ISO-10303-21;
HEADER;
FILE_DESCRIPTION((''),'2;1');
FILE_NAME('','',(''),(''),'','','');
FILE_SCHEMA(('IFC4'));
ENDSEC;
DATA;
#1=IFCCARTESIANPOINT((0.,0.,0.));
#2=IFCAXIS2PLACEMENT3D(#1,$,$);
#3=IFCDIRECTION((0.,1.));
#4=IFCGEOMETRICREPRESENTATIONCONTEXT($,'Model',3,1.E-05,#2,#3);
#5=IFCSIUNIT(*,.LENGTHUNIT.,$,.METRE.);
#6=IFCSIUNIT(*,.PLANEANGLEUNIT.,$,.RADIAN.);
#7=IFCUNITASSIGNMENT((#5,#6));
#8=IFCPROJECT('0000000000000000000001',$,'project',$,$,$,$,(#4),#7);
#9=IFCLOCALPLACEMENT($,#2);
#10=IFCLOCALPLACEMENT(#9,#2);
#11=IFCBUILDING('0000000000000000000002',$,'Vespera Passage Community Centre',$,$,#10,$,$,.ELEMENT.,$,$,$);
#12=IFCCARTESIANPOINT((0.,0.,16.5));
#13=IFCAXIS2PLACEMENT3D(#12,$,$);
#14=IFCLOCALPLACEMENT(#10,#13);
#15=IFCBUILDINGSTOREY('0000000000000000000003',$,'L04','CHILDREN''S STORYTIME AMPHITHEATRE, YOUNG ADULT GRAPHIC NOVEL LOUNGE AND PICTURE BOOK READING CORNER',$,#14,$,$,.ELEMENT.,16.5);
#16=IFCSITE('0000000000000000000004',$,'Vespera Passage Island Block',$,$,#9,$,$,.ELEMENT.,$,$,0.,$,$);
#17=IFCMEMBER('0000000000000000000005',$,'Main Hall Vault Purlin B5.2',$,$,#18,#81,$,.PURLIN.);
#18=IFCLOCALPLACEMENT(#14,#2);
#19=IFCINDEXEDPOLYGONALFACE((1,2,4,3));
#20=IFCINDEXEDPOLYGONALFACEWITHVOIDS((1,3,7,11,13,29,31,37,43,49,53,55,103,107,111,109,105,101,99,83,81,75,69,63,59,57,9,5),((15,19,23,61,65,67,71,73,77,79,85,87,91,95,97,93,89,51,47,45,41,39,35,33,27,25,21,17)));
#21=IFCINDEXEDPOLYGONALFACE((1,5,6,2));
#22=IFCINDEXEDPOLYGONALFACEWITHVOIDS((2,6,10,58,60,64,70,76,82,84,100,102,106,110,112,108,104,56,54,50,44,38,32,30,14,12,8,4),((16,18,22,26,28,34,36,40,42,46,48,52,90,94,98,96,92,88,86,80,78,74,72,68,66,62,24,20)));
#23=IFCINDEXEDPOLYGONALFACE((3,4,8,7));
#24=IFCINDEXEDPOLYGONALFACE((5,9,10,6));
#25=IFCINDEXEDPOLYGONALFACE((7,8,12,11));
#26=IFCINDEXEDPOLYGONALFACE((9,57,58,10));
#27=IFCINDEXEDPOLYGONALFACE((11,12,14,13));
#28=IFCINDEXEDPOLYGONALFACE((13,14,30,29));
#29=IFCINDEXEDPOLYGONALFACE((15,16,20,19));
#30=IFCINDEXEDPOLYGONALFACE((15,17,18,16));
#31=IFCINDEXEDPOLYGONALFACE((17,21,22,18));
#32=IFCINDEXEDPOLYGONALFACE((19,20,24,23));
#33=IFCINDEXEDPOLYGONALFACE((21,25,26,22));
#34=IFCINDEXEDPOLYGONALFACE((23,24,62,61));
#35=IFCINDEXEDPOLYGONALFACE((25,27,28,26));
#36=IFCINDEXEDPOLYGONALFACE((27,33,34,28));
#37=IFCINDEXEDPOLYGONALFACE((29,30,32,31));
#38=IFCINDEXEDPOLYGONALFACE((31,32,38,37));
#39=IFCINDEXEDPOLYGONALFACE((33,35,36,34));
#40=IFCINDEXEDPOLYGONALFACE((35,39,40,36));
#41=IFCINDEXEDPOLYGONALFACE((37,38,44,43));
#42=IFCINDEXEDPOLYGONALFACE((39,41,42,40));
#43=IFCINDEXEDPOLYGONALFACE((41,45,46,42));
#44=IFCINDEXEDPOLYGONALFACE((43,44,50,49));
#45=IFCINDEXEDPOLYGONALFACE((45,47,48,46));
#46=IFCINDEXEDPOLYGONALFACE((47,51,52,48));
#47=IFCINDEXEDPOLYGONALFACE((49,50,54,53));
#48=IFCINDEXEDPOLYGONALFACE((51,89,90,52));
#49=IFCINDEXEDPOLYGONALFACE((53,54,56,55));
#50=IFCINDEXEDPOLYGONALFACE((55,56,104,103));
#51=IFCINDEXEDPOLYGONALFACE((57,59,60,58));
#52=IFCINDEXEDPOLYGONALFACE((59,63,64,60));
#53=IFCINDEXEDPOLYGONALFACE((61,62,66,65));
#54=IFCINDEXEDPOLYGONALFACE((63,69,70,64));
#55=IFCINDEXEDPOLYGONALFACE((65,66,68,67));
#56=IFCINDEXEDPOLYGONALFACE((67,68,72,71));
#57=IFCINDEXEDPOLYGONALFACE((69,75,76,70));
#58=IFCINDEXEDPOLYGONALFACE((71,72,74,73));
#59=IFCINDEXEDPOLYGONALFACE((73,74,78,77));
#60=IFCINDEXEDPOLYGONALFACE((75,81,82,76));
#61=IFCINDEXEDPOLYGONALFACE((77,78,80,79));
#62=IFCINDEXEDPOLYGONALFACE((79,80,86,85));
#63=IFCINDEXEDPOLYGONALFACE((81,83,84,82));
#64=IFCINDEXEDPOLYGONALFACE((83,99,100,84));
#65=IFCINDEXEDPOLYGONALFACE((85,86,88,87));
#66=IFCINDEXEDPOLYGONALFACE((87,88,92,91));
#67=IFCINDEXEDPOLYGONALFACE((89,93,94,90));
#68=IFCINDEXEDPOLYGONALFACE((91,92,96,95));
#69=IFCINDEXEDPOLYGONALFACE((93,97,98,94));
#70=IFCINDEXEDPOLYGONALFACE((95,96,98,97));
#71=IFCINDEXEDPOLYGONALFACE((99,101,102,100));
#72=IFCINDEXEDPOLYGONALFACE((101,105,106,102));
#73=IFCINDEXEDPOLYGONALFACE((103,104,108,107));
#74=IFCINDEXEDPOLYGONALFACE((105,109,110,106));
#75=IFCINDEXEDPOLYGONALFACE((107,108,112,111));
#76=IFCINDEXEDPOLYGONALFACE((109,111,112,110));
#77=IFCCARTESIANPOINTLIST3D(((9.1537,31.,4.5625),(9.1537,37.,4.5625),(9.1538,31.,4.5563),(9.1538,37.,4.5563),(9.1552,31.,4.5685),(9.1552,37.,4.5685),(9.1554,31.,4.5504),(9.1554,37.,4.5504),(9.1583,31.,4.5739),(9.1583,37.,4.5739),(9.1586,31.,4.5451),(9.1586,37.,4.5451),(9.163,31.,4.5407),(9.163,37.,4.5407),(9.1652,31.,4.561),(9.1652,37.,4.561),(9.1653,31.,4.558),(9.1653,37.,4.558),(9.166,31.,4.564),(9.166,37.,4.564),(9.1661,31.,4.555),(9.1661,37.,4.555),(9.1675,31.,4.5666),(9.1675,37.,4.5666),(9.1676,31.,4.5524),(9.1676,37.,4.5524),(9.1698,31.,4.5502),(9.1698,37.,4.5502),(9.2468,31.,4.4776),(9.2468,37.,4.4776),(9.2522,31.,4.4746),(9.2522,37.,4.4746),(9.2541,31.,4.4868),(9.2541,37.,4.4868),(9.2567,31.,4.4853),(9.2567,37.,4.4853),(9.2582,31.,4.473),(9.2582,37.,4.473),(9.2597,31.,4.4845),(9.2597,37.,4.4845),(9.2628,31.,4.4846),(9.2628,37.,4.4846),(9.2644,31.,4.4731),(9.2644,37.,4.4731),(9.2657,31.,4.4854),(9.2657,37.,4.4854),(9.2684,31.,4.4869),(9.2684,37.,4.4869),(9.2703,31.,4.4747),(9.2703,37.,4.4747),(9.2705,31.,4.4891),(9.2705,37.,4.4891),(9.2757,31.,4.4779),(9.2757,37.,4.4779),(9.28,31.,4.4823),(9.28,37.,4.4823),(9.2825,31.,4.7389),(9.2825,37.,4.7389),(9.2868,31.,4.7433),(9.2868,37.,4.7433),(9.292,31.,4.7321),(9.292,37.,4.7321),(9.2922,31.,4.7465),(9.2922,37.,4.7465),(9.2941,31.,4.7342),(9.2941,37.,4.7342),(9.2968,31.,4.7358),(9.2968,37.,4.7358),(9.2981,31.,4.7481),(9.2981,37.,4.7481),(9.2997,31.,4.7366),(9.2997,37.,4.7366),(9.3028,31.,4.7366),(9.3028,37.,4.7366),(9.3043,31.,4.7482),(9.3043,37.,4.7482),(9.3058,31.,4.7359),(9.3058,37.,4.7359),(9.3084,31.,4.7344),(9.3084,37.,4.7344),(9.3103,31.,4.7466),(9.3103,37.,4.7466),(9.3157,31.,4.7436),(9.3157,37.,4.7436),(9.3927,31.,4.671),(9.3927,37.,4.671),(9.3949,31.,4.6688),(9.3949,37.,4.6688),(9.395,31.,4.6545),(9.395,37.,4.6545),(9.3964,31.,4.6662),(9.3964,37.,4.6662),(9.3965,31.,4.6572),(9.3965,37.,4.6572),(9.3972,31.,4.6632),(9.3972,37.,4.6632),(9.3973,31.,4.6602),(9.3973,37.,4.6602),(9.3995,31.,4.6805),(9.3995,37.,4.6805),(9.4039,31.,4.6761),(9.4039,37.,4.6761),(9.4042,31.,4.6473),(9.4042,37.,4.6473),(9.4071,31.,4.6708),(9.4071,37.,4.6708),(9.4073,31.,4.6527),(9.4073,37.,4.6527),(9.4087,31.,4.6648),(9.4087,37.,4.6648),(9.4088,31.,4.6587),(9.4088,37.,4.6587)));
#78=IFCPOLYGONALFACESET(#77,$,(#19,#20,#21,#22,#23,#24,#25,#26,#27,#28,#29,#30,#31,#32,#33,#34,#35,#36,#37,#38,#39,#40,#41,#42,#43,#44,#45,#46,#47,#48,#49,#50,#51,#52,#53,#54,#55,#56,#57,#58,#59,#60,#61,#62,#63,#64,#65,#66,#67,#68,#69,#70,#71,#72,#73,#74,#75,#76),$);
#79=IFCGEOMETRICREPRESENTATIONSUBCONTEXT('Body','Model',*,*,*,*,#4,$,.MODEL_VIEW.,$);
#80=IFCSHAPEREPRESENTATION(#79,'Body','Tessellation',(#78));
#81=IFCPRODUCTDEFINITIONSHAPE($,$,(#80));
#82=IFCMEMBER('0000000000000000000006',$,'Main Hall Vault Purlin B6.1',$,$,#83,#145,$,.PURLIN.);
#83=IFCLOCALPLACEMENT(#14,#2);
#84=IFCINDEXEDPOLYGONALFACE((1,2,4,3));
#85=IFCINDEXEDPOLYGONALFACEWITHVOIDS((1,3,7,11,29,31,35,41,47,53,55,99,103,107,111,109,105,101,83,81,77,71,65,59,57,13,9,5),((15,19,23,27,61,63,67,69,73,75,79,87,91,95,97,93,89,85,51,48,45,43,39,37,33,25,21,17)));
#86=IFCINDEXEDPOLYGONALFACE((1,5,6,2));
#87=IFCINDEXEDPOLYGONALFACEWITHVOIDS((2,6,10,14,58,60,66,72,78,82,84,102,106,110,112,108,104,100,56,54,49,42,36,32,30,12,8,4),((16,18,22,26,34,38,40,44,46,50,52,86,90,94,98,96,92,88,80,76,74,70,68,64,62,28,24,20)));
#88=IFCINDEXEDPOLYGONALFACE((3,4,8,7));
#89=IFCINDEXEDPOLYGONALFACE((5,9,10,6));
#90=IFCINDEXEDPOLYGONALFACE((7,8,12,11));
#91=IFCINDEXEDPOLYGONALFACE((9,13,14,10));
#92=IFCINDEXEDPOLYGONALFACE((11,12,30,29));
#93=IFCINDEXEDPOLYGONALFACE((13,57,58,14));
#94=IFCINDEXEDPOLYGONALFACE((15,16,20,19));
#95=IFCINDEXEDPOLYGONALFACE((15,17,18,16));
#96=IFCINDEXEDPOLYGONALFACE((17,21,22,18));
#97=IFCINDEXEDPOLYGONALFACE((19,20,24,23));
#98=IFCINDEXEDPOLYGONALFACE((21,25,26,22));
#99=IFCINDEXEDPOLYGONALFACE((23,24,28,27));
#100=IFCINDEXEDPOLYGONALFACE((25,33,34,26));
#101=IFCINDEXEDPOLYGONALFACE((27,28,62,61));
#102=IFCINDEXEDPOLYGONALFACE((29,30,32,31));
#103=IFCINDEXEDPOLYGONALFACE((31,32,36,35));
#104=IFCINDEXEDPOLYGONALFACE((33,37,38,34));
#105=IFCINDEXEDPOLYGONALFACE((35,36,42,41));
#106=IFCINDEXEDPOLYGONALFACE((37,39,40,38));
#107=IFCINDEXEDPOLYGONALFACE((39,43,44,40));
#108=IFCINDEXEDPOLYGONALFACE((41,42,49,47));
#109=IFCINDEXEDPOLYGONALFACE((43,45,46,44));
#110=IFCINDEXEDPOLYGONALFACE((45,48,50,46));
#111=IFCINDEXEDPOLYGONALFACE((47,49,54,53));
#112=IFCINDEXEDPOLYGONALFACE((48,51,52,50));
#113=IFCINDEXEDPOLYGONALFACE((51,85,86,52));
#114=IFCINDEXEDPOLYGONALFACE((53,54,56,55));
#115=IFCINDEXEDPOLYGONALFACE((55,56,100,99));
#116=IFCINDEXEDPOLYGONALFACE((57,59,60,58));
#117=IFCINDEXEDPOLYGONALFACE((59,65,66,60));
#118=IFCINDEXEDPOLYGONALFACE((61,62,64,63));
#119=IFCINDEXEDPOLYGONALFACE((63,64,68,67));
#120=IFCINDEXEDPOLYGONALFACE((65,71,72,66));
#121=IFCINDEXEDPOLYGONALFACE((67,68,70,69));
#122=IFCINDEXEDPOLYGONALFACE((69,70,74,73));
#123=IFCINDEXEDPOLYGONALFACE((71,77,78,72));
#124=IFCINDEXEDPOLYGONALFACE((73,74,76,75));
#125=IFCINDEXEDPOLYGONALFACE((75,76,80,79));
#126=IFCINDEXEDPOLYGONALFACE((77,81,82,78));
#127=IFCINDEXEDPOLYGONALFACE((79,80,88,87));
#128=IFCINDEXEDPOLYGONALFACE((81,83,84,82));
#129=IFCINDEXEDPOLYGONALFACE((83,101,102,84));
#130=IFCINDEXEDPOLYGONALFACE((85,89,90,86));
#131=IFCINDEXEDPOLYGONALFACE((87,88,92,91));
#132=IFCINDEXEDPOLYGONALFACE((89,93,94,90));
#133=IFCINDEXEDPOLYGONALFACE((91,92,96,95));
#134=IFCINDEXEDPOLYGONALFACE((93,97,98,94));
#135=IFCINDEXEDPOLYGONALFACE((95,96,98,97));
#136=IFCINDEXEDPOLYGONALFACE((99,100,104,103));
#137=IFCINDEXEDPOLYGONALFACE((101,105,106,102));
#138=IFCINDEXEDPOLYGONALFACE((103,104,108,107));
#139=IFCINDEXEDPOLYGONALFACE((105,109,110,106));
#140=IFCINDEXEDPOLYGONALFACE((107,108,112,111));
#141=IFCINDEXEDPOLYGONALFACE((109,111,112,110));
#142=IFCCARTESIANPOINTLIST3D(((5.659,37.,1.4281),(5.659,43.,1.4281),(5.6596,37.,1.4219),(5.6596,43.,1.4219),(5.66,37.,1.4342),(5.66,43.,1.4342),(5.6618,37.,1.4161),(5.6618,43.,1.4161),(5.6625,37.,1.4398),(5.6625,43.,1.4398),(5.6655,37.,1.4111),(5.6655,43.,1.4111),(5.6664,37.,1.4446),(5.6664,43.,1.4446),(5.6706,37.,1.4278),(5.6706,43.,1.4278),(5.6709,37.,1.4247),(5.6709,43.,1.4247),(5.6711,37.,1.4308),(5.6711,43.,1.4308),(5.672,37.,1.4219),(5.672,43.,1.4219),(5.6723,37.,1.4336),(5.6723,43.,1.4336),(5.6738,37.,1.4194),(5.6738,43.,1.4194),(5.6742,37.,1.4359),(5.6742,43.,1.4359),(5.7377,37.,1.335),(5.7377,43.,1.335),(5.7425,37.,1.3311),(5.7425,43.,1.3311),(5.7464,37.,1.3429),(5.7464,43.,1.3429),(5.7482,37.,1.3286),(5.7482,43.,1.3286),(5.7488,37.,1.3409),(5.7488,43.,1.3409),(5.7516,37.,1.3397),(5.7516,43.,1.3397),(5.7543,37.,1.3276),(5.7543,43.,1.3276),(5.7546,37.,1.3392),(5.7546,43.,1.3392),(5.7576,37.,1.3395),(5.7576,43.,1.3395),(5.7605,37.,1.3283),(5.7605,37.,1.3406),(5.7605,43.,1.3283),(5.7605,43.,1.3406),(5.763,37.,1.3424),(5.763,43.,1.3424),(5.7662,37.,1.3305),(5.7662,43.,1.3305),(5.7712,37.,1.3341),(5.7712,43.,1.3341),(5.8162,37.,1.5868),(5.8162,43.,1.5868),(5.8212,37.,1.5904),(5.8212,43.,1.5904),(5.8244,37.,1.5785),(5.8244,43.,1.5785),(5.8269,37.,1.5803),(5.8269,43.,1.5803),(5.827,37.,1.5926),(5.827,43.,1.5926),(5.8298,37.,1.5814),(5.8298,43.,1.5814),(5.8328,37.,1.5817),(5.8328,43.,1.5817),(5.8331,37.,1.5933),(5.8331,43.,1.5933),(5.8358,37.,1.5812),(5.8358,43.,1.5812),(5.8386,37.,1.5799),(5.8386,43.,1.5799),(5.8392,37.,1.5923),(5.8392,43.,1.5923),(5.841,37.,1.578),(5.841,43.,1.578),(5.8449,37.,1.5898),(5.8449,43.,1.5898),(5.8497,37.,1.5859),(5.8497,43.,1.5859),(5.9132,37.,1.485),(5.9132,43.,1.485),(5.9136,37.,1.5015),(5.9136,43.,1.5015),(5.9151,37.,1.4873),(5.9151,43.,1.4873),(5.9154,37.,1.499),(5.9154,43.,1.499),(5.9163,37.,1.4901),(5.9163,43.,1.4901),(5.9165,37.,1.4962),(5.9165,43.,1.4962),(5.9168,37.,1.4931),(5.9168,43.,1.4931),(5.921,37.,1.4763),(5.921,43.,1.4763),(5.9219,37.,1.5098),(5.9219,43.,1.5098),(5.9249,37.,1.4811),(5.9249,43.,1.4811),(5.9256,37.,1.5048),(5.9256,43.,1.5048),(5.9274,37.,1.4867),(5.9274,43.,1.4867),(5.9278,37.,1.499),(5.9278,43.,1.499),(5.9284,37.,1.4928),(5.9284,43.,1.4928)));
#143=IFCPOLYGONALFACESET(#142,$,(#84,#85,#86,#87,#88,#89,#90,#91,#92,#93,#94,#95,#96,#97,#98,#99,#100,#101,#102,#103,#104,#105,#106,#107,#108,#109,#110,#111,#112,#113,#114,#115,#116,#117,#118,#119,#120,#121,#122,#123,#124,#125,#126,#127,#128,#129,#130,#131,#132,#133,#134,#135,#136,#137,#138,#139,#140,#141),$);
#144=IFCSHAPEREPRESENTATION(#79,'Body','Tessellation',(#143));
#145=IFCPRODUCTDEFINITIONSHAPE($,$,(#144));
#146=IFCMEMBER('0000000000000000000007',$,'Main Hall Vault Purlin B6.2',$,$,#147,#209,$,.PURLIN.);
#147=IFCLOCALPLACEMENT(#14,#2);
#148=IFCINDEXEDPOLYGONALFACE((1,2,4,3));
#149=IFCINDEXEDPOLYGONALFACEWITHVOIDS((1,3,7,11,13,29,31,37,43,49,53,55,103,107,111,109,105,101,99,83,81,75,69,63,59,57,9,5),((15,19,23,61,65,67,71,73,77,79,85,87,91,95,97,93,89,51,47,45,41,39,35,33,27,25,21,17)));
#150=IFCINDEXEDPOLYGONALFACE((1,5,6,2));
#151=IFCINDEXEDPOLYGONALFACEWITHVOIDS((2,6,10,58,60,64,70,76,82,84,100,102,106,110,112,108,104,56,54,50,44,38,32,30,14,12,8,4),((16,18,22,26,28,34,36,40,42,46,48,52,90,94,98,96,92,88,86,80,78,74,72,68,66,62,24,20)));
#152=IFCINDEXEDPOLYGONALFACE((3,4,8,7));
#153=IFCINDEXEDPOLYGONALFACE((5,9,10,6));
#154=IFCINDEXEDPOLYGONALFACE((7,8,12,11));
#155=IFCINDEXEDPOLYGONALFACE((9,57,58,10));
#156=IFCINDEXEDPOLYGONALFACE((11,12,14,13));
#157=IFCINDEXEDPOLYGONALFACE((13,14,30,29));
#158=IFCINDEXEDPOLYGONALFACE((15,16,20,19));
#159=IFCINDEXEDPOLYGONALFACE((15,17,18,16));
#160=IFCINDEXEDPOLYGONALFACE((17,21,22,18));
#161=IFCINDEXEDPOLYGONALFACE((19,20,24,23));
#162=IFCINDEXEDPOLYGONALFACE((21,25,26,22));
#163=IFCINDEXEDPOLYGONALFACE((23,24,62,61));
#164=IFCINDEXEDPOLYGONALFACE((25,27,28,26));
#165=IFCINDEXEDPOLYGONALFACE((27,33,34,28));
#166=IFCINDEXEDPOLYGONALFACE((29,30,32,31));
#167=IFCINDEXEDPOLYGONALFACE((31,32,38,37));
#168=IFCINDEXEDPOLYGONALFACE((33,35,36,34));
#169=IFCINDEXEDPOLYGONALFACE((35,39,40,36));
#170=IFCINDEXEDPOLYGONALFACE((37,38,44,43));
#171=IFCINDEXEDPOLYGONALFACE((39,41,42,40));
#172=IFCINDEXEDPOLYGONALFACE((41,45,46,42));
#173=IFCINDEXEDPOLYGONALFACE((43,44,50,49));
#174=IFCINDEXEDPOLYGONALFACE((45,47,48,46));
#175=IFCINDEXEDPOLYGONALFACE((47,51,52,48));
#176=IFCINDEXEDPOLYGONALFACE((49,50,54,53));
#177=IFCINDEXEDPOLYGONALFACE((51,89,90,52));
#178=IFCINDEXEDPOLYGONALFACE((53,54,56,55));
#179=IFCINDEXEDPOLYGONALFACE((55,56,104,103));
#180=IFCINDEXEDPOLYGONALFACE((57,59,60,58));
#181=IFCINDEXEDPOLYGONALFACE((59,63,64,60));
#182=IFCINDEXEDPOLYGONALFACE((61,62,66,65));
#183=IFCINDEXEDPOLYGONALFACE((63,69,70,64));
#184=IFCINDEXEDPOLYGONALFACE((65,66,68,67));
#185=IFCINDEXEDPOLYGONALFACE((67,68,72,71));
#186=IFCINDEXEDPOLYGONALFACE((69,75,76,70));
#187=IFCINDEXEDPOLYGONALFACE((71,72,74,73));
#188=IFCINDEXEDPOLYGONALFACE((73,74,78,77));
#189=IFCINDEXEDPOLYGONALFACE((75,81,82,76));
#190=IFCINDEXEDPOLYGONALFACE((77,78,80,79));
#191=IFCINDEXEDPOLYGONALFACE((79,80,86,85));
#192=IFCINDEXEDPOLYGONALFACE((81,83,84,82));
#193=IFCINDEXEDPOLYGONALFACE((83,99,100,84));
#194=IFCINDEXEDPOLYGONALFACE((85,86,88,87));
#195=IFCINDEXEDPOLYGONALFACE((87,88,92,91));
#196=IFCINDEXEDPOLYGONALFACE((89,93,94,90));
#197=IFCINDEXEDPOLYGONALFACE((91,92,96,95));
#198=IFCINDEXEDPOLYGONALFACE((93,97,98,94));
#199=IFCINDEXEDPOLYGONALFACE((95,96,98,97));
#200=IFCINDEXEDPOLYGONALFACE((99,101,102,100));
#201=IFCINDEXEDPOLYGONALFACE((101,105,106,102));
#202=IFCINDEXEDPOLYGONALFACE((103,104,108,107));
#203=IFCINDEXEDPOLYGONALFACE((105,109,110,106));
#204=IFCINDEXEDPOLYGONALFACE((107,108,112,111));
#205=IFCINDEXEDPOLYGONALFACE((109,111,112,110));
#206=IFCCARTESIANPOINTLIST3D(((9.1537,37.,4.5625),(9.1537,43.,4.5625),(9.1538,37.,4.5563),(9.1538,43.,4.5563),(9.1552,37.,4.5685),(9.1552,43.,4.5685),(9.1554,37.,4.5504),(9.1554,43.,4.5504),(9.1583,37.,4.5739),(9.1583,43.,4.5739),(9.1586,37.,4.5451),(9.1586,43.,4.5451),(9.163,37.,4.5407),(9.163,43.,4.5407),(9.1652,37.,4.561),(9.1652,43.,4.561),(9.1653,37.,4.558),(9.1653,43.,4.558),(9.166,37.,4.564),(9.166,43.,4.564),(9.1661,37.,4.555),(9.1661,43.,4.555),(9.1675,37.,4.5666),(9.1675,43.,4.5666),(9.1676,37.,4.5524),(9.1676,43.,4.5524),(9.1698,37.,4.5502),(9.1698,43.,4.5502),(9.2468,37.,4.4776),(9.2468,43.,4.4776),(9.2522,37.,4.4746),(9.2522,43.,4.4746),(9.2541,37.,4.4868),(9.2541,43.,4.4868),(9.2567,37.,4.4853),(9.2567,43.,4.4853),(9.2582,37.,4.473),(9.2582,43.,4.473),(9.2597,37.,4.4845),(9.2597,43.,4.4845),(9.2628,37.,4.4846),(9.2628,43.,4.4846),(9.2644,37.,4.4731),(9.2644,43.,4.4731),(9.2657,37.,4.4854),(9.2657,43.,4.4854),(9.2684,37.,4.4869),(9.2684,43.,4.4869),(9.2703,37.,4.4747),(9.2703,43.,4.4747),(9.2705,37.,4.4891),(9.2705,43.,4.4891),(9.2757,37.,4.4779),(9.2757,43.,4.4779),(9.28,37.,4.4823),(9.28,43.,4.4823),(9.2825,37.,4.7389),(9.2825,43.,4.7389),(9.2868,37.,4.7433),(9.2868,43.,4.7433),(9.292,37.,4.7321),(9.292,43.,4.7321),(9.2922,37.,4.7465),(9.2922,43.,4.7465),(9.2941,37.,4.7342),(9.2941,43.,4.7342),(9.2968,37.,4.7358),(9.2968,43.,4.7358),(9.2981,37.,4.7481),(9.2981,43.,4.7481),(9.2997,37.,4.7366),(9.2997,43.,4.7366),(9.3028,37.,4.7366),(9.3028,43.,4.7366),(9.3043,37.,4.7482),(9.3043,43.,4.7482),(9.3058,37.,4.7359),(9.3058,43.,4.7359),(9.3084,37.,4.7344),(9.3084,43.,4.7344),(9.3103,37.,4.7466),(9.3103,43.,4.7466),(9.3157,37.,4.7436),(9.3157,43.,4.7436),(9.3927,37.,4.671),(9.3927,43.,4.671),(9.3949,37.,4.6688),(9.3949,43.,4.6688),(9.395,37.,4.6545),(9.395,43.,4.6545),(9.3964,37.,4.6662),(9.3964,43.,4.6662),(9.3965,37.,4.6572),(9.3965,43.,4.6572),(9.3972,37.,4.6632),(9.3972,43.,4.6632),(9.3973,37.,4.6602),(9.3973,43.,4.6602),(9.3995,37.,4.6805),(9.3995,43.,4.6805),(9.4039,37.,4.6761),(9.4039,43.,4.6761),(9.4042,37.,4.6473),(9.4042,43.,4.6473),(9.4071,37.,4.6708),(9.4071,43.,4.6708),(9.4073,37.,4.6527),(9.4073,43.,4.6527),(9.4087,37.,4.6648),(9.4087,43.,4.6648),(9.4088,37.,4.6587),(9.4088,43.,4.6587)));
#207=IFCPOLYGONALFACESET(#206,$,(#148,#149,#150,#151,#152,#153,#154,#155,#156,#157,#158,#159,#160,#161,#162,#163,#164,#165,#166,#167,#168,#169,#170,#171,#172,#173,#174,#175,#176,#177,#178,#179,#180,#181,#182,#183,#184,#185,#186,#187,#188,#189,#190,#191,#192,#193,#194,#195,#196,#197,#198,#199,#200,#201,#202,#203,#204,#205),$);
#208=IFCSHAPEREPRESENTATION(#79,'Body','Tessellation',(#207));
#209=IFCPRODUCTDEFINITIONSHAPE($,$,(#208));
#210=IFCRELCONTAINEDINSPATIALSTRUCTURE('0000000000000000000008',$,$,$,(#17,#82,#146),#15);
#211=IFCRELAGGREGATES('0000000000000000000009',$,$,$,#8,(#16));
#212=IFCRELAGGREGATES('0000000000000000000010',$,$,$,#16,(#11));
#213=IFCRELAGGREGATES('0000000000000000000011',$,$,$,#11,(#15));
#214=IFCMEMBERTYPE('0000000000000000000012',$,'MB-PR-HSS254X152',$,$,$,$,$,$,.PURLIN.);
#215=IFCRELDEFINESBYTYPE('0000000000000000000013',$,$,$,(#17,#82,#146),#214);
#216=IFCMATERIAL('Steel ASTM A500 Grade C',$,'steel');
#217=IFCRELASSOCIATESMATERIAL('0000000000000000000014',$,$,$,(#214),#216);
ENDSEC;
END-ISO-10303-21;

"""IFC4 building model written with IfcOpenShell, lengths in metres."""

from ifc_helpers import new_model, si_unit, direction, frame, origin, origin_2d, place, context, subcontext, project, spatial, hollow_rectangle, extrude, material, material_profile, profile_set, type_object, element, save


model = new_model("IFC4")

# Units and contexts
model_context = context("Model", 3, precision=1e-05, world=origin(), true_north=direction((0.0, 1.0)))
body_context = subcontext(model_context, "Body", "Model", "MODEL_VIEW")
ifc_project = project(units=[si_unit("LENGTHUNIT", "METRE"), si_unit("PLANEANGLEUNIT", "RADIAN")], contexts=[model_context])

# Site, building, storey
site_placement = place(None, origin())
site = spatial("IfcSite", under=ifc_project, at=site_placement, Name="Vespera Passage Island Block", CompositionType="ELEMENT", RefElevation=0.0)
building_placement = place(site_placement, origin())
building = spatial("IfcBuilding", under=site, at=building_placement, Name="Vespera Passage Community Centre", CompositionType="ELEMENT")
storey_placement = place(building_placement, frame((0.0, 0.0, 16.5)))
storey = spatial("IfcBuildingStorey", under=building, at=storey_placement, Name="L04", Description="CHILDREN'S STORYTIME AMPHITHEATRE, YOUNG ADULT GRAPHIC NOVEL LOUNGE AND PICTURE BOOK READING CORNER", CompositionType="ELEMENT", Elevation=16.5)

# Members
ifc_material_1 = material(Name="Steel ASTM A500 Grade C", Category="steel")
ifc_material_profile_1 = material_profile(ifc_material_1, hollow_rectangle(XDim=0.1523, YDim=0.2539, WallThickness=0.0117, InnerFilletRadius=0.0117, OuterFilletRadius=0.0237, at=origin_2d()), Name="HSS254X152X12.7")
ifc_profile_set_1 = profile_set([ifc_material_profile_1], Name="Steel ASTM A500 Grade C")
member_type_1 = type_object("IfcMemberType", Name="MB-PR-HSS254X152", PredefinedType="PURLIN", material=ifc_profile_set_1)
for number, where, z_axis, x_axis, name in (
    (1, (9.2812, 31.0, 4.6106), (0.0, 1.0, 0.0), (-0.798972, 0.0, 0.601369), "Main Hall Vault Purlin B5.2"),
    (2, (5.7937, 37.0, 1.4604), (0.0, 1.0, 0.0), (-0.688355, 0.0, 0.725374), "Main Hall Vault Purlin B6.1"),
    (3, (9.2812, 37.0, 4.6106), (0.0, 1.0, 0.0), (-0.798972, 0.0, 0.601369), "Main Hall Vault Purlin B6.2"),
):
    element("IfcMember", number, at=place(storey_placement, frame(where, z_axis=z_axis, x_axis=x_axis)), inside=storey, type_object=member_type_1, Name=name, PredefinedType="PURLIN", context=body_context, shape_type="SweptSolid", body=[
        extrude(hollow_rectangle(XDim=0.1523, YDim=0.2539, WallThickness=0.0117, InnerFilletRadius=0.0117, OuterFilletRadius=0.0237, at=origin_2d()), origin(), (0.0, 0.0, 1.0), 6.0),
    ])

save(model, "model.ifc")
